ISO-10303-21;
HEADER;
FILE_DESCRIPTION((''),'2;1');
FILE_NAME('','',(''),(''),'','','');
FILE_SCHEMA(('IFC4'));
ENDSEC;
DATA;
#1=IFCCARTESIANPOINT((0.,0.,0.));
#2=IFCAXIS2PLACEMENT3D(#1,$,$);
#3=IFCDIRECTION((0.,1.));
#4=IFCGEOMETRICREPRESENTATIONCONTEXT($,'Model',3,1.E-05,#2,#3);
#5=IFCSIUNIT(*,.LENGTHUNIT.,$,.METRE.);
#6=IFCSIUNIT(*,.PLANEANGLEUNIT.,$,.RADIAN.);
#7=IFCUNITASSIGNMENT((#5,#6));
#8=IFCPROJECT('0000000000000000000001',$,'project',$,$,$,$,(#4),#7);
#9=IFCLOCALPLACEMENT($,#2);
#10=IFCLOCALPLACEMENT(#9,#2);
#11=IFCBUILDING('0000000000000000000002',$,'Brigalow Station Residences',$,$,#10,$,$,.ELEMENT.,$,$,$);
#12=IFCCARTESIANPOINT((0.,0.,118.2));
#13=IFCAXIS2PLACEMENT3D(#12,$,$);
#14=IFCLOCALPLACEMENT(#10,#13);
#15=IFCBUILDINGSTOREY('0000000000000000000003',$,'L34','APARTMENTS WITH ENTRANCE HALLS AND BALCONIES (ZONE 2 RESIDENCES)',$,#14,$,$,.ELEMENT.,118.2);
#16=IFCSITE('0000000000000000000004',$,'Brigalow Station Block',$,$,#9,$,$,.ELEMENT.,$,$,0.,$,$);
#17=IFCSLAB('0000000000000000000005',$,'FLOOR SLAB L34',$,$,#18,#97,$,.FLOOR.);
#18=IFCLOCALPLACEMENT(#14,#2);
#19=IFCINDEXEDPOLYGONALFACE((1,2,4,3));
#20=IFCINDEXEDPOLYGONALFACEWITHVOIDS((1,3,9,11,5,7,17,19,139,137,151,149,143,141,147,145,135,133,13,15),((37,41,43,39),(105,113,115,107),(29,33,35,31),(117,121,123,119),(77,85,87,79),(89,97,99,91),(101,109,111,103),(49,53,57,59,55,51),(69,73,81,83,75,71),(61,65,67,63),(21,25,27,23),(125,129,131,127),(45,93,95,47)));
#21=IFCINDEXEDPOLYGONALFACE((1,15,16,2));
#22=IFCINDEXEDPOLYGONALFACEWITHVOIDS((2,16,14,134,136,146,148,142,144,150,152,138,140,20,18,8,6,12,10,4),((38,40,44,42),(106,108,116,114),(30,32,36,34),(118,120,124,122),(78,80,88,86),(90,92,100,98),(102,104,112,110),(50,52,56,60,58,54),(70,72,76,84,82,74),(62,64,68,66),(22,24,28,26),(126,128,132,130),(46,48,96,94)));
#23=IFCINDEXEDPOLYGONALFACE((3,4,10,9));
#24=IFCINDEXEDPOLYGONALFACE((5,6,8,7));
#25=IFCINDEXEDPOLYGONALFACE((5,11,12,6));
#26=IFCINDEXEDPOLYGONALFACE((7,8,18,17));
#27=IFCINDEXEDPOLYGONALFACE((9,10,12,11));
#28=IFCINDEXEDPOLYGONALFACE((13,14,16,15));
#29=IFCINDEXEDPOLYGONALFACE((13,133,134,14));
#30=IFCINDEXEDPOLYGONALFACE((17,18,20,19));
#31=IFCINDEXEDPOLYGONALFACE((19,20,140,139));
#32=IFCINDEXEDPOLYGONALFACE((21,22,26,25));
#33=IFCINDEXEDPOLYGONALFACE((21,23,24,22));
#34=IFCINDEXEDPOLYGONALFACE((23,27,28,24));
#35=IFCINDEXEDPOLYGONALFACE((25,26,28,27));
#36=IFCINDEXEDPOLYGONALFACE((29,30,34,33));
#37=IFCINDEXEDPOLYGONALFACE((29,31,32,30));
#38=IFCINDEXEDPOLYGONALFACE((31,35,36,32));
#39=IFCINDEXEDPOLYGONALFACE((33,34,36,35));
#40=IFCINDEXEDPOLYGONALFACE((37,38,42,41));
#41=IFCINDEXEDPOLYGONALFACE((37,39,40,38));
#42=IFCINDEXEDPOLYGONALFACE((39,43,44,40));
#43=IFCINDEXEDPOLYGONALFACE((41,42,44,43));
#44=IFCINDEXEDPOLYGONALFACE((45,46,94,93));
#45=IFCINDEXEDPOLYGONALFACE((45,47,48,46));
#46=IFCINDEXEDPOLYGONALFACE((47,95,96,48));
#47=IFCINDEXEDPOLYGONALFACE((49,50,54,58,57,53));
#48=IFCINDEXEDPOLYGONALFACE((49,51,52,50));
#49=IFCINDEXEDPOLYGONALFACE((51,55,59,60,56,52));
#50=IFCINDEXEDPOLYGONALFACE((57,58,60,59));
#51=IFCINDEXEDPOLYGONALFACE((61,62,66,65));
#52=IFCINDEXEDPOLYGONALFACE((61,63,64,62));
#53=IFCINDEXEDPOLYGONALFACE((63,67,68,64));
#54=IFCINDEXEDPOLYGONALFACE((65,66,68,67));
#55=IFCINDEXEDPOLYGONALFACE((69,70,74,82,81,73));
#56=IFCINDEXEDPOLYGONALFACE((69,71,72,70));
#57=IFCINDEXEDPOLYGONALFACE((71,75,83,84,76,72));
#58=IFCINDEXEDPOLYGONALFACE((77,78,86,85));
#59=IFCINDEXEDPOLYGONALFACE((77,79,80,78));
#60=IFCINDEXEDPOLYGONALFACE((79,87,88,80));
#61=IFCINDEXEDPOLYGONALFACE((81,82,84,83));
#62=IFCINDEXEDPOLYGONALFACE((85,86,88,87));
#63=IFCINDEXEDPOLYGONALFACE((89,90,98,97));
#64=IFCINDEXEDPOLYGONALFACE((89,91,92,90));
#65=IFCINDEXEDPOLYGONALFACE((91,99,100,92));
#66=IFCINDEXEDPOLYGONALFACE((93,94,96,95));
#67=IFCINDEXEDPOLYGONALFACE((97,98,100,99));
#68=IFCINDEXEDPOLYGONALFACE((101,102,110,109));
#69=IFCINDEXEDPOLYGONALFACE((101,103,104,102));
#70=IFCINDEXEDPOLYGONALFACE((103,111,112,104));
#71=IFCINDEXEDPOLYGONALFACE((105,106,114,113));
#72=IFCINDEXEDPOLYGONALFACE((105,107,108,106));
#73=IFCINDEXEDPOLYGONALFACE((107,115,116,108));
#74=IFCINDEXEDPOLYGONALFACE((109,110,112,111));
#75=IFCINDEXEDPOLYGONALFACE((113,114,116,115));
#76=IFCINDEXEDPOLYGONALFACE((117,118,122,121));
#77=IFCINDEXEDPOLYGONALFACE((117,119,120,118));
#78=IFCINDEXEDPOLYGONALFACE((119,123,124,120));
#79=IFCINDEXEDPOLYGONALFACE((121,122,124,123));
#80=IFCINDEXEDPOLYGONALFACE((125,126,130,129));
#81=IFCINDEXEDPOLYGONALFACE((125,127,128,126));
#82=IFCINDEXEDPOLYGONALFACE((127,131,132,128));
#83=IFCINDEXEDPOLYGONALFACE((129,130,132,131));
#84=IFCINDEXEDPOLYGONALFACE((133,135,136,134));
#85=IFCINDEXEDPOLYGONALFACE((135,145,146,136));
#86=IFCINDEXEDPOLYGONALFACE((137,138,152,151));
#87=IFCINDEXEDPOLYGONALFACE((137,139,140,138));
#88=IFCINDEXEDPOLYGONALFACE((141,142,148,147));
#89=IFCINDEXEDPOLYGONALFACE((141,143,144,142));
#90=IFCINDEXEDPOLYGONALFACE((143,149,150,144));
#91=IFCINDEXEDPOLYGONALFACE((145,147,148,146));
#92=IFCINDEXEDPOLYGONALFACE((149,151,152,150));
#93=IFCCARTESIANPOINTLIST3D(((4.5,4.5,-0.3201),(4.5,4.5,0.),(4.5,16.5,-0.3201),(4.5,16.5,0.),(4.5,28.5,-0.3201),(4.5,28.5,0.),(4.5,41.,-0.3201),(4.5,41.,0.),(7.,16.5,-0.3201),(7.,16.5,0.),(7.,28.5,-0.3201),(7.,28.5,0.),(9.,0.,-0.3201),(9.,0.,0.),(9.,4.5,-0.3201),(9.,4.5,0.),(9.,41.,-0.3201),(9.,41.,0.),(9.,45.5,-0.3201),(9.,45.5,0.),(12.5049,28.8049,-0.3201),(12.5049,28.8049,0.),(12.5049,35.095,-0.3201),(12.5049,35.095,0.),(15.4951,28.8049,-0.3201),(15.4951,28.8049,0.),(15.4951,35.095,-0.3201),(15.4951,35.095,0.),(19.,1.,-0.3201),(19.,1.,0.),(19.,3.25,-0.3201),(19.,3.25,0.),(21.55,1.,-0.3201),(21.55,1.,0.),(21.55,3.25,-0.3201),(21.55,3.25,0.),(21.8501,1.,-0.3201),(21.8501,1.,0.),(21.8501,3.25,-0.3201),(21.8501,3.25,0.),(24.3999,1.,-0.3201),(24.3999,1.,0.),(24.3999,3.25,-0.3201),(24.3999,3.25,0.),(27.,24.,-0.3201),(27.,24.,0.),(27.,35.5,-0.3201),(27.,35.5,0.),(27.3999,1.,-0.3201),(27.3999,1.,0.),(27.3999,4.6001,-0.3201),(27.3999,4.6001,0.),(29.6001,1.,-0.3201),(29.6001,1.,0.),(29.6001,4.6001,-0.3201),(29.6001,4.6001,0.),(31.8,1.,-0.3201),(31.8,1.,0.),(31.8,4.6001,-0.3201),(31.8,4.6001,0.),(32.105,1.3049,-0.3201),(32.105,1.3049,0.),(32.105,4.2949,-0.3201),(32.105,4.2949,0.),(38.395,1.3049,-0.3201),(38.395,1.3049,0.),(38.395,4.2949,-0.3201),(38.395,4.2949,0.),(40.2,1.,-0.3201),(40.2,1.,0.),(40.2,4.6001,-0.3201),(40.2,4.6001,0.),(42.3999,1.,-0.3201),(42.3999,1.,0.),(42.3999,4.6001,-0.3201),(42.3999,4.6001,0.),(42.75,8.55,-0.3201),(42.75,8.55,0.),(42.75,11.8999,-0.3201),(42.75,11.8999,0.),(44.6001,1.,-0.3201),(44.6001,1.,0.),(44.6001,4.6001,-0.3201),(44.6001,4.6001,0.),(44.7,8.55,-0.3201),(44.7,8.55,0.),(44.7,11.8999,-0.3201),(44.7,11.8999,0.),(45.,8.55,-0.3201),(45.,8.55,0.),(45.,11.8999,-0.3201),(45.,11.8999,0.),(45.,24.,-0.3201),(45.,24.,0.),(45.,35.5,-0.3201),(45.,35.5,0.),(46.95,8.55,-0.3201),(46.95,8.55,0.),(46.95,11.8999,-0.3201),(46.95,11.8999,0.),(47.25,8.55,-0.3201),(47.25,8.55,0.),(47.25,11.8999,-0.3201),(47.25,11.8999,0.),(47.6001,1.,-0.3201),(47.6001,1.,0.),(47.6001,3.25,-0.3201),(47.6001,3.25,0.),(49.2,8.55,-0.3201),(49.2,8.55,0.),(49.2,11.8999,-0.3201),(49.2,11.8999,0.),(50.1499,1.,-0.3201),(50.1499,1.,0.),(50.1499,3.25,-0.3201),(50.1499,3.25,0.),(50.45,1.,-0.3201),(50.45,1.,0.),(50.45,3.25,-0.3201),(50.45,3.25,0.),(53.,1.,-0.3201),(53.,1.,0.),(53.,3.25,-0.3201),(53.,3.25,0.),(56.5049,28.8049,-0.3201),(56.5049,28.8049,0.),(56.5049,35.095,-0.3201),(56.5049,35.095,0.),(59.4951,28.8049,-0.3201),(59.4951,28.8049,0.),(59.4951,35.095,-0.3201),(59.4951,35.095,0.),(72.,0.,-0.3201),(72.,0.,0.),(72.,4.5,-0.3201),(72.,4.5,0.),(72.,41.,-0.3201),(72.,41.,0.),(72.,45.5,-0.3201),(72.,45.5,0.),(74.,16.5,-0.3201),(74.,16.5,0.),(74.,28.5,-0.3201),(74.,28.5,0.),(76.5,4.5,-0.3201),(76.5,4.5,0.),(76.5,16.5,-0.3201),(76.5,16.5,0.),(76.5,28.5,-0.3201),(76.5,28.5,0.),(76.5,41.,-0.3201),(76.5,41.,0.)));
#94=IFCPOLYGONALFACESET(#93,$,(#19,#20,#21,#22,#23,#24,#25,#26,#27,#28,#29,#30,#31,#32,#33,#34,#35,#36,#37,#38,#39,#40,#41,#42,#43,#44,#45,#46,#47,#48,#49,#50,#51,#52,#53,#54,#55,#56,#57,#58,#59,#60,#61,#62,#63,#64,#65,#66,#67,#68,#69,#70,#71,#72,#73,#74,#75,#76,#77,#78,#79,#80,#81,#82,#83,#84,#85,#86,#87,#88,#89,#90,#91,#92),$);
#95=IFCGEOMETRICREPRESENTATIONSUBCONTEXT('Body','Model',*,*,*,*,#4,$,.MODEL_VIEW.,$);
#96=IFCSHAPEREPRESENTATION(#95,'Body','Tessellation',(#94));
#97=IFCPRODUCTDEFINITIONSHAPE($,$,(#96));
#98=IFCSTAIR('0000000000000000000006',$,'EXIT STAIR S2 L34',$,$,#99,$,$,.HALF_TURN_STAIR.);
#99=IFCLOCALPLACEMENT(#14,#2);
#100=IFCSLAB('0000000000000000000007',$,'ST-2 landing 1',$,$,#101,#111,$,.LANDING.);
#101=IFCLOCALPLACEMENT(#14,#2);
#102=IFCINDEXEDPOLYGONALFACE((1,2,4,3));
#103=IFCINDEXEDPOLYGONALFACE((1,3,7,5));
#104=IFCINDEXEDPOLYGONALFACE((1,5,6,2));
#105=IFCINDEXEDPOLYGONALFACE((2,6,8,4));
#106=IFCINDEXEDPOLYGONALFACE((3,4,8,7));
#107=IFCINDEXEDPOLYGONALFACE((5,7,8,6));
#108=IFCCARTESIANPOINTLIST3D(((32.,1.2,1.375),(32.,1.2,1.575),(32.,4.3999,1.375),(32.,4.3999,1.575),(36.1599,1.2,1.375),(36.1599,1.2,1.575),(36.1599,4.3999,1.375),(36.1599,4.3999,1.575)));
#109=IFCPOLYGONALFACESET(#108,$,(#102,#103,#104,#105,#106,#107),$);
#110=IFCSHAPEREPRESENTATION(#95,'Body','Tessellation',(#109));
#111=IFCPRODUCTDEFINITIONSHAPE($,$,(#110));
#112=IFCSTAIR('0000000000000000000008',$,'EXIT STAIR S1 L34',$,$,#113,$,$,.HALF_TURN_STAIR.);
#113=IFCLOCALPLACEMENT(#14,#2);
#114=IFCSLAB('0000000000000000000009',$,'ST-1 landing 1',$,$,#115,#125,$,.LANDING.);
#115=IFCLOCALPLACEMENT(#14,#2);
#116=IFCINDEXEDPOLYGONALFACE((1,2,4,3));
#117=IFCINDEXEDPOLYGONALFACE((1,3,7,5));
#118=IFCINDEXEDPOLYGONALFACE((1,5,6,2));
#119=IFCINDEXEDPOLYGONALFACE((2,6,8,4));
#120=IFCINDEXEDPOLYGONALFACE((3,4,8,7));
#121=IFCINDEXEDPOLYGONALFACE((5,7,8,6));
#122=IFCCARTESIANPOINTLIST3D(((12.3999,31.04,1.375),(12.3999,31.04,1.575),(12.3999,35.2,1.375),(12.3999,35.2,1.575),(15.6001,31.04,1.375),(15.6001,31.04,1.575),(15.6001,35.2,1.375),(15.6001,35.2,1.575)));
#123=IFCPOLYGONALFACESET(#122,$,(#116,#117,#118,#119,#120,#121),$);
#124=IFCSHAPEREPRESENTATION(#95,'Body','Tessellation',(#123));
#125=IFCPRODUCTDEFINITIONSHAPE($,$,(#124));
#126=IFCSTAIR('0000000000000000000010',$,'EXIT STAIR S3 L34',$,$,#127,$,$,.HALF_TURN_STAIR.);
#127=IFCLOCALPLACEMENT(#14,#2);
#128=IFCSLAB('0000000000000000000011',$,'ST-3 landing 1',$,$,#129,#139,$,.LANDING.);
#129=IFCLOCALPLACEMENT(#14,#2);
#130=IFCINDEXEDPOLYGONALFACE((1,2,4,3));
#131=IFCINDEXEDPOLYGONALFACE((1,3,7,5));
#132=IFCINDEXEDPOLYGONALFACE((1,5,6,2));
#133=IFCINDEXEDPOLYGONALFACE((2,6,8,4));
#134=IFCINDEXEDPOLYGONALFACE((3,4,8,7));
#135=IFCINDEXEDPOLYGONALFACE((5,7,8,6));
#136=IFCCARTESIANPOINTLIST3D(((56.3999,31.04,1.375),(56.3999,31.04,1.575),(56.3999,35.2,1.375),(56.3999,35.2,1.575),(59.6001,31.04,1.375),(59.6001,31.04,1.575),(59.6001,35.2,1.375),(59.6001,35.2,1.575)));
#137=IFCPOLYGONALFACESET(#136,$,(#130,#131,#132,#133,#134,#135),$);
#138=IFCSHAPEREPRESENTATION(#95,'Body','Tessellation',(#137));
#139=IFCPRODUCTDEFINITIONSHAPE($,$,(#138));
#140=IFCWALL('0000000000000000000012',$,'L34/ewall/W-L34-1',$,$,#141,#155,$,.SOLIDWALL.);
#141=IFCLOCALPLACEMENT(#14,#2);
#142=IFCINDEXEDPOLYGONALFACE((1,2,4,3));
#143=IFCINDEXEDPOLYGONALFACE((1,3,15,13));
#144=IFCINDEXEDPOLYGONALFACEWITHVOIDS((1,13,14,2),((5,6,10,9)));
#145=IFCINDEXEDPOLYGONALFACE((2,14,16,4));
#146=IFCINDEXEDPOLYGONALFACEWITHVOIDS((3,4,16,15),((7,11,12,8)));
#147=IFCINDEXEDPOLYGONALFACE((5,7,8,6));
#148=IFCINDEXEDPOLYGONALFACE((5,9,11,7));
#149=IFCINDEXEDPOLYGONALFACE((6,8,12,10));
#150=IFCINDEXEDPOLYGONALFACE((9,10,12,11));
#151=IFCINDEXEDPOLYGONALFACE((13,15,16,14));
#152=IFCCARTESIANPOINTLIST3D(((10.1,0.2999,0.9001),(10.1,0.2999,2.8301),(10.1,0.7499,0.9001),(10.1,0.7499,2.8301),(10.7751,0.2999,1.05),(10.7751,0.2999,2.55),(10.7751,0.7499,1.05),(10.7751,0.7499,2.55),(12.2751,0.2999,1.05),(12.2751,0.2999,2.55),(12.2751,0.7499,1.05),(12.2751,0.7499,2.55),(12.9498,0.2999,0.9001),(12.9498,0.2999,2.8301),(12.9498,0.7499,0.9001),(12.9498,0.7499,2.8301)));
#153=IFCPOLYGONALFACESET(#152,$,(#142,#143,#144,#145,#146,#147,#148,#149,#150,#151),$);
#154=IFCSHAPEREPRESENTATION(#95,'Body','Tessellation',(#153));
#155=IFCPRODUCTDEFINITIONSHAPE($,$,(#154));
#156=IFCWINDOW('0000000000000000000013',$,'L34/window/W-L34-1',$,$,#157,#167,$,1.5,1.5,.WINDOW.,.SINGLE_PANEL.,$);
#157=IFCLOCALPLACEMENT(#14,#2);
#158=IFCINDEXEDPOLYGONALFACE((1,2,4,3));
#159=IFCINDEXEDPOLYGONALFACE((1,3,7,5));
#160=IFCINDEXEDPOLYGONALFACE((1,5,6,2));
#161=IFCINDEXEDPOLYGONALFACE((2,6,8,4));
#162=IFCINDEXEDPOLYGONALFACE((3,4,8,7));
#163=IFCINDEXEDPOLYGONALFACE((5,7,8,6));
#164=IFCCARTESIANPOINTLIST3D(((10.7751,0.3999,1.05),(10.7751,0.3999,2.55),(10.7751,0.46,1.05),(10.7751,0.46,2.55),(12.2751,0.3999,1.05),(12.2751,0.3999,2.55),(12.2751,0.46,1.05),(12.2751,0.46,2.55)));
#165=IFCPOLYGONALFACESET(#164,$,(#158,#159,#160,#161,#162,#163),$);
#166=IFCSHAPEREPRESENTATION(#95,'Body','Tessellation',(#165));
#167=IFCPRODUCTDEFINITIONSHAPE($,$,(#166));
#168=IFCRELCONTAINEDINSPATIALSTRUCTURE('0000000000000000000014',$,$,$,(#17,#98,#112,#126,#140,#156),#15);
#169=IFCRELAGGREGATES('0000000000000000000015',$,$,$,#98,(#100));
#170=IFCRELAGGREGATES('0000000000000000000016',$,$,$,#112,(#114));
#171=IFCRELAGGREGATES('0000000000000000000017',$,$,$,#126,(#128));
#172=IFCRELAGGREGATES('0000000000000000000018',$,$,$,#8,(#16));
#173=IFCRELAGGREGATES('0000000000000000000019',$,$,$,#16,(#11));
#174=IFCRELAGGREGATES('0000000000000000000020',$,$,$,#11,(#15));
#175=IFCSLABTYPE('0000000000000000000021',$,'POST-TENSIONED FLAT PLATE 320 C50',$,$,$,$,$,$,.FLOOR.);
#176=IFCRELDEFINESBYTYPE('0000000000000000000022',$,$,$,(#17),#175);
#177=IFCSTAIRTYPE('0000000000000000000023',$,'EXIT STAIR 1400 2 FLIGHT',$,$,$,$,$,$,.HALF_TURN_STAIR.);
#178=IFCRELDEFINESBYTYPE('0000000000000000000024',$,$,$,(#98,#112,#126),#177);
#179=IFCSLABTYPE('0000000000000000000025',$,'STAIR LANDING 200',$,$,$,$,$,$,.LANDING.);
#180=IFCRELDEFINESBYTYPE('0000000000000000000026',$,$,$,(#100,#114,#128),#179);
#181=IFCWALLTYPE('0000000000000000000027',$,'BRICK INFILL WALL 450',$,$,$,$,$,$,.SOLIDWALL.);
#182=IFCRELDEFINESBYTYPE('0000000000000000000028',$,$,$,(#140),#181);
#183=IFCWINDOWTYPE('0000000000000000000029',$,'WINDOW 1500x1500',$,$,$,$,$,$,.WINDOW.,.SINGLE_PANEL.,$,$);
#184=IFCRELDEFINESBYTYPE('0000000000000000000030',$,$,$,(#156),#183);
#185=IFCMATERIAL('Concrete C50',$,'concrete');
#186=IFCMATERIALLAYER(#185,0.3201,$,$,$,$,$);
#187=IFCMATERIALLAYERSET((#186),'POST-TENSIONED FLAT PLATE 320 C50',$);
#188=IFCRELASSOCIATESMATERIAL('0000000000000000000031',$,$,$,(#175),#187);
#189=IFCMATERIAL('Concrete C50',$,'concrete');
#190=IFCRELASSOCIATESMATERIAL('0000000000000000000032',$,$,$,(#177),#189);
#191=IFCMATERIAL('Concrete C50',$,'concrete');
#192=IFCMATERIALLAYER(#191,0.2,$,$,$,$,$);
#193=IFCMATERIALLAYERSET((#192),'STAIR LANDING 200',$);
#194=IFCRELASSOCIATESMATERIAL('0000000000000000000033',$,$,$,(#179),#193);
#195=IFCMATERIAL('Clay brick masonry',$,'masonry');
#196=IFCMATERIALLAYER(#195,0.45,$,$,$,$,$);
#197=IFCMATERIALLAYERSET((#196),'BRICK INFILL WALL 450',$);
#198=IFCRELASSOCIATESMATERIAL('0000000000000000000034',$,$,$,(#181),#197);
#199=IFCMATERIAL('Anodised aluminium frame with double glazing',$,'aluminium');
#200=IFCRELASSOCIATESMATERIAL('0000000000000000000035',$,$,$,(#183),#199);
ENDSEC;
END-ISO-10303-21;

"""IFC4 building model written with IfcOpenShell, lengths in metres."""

from ifc_helpers import new_model, si_unit, direction, frame, frame_2d, origin, place, context, subcontext, project, spatial, polyline, rectangle, outline, extrude, material, layer, layer_set, type_object, element, fill, aggregate, save


model = new_model("IFC4")

# Units and contexts
model_context = context("Model", 3, precision=1e-05, world=origin(), true_north=direction((0.0, 1.0)))
body_context = subcontext(model_context, "Body", "Model", "MODEL_VIEW")
ifc_project = project(units=[si_unit("LENGTHUNIT", "METRE"), si_unit("PLANEANGLEUNIT", "RADIAN")], contexts=[model_context])

# Site, building, storey
site_placement = place(None, origin())
site = spatial("IfcSite", under=ifc_project, at=site_placement, Name="Brigalow Station Block", CompositionType="ELEMENT", RefElevation=0.0)
building_placement = place(site_placement, origin())
building = spatial("IfcBuilding", under=site, at=building_placement, Name="Brigalow Station Residences", CompositionType="ELEMENT")
storey_placement = place(building_placement, frame((0.0, 0.0, 118.2)))
storey = spatial("IfcBuildingStorey", under=building, at=storey_placement, Name="L34", Description="APARTMENTS WITH ENTRANCE HALLS AND BALCONIES (ZONE 2 RESIDENCES)", CompositionType="ELEMENT", Elevation=118.2)

# Slab
ifc_material_1 = material(Name="Concrete C50", Category="concrete")
ifc_layer_1 = layer(ifc_material_1, 0.3201)
ifc_layer_set_1 = layer_set([ifc_layer_1], Name="POST-TENSIONED FLAT PLATE 320 C50")
slab_type_1 = type_object("IfcSlabType", Name="POST-TENSIONED FLAT PLATE 320 C50", PredefinedType="FLOOR", material=ifc_layer_set_1)
slab_1_placement = place(storey_placement, frame((0.0, 0.0, -0.3201)))
element("IfcSlab", 1, at=slab_1_placement, inside=storey, type_object=slab_type_1, Name="FLOOR SLAB L34", PredefinedType="FLOOR", context=body_context, shape_type="SweptSolid", body=[
    extrude(outline(polyline([(9.0, 0.0), (72.0, 0.0), (72.0, 4.5), (76.5, 4.5), (76.5, 16.5), (74.0, 16.5), (74.0, 28.5), (76.5, 28.5), (76.5, 41.0), (72.0, 41.0), (72.0, 45.5), (9.0, 45.5), (9.0, 41.0), (4.5, 41.0), (4.5, 28.5), (7.0, 28.5), (7.0, 16.5), (4.5, 16.5), (4.5, 4.5), (9.0, 4.5), (9.0, 0.0)]), holes=[polyline([(12.5049, 35.095), (15.4951, 35.095), (15.4951, 28.8049), (12.5049, 28.8049), (12.5049, 35.095)]), polyline([(19.0, 1.0), (19.0, 3.25), (21.55, 3.25), (21.55, 1.0), (19.0, 1.0)]), polyline([(21.8501, 3.25), (24.3999, 3.25), (24.3999, 1.0), (21.8501, 1.0), (21.8501, 3.25)]), polyline([(27.0, 35.5), (45.0, 35.5), (45.0, 24.0), (27.0, 24.0), (27.0, 35.5)]), polyline([(29.6001, 4.6001), (31.8, 4.6001), (31.8, 1.0), (29.6001, 1.0), (27.3999, 1.0), (27.3999, 4.6001), (29.6001, 4.6001)]), polyline([(32.105, 4.2949), (38.395, 4.2949), (38.395, 1.3049), (32.105, 1.3049), (32.105, 4.2949)]), polyline([(40.2, 4.6001), (42.3999, 4.6001), (44.6001, 4.6001), (44.6001, 1.0), (42.3999, 1.0), (40.2, 1.0), (40.2, 4.6001)]), polyline([(42.75, 11.8999), (44.7, 11.8999), (44.7, 8.55), (42.75, 8.55), (42.75, 11.8999)]), polyline([(45.0, 11.8999), (46.95, 11.8999), (46.95, 8.55), (45.0, 8.55), (45.0, 11.8999)]), polyline([(47.25, 11.8999), (49.2, 11.8999), (49.2, 8.55), (47.25, 8.55), (47.25, 11.8999)]), polyline([(47.6001, 3.25), (50.1499, 3.25), (50.1499, 1.0), (47.6001, 1.0), (47.6001, 3.25)]), polyline([(50.45, 3.25), (53.0, 3.25), (53.0, 1.0), (50.45, 1.0), (50.45, 3.25)]), polyline([(56.5049, 35.095), (59.4951, 35.095), (59.4951, 28.8049), (56.5049, 28.8049), (56.5049, 35.095)])]), origin(), (0.0, 0.0, 1.0), 0.3201),
])

# Stairs, slabs
ifc_material_2 = material(Name="Concrete C50", Category="concrete")
stair_type = type_object("IfcStairType", Name="EXIT STAIR 1400 2 FLIGHT", PredefinedType="HALF_TURN_STAIR", material=ifc_material_2)
stair_1_placement = place(storey_placement, origin())
stair_1 = element("IfcStair", 2, at=stair_1_placement, inside=storey, type_object=stair_type, Name="EXIT STAIR S2 L34", PredefinedType="HALF_TURN_STAIR")
ifc_material_3 = material(Name="Concrete C50", Category="concrete")
ifc_layer_2 = layer(ifc_material_3, 0.2)
ifc_layer_set_2 = layer_set([ifc_layer_2], Name="STAIR LANDING 200")
slab_type_2 = type_object("IfcSlabType", Name="STAIR LANDING 200", PredefinedType="LANDING", material=ifc_layer_set_2)
slab_2_placement = place(storey_placement, frame((0.0, 0.0, 1.375)))
slab_2 = element("IfcSlab", 3, at=slab_2_placement, type_object=slab_type_2, Name="ST-2 landing 1", PredefinedType="LANDING", context=body_context, shape_type="SweptSolid", body=[
    extrude(outline(polyline([(32.0, 1.2), (36.1599, 1.2), (36.1599, 4.3999), (32.0, 4.3999), (32.0, 1.2)])), origin(), (0.0, 0.0, 1.0), 0.2),
])
aggregate(stair_1, [slab_2])
stair_2_placement = place(storey_placement, origin())
stair_2 = element("IfcStair", 4, at=stair_2_placement, inside=storey, type_object=stair_type, Name="EXIT STAIR S1 L34", PredefinedType="HALF_TURN_STAIR")
slab_3_placement = place(storey_placement, frame((0.0, 0.0, 1.375)))
slab_3 = element("IfcSlab", 5, at=slab_3_placement, type_object=slab_type_2, Name="ST-1 landing 1", PredefinedType="LANDING", context=body_context, shape_type="SweptSolid", body=[
    extrude(outline(polyline([(12.3999, 31.04), (15.6001, 31.04), (15.6001, 35.2), (12.3999, 35.2), (12.3999, 31.04)])), origin(), (0.0, 0.0, 1.0), 0.2),
])
aggregate(stair_2, [slab_3])
stair_3_placement = place(storey_placement, origin())
stair_3 = element("IfcStair", 6, at=stair_3_placement, inside=storey, type_object=stair_type, Name="EXIT STAIR S3 L34", PredefinedType="HALF_TURN_STAIR")
slab_4_placement = place(storey_placement, frame((0.0, 0.0, 1.375)))
slab_4 = element("IfcSlab", 7, at=slab_4_placement, type_object=slab_type_2, Name="ST-3 landing 1", PredefinedType="LANDING", context=body_context, shape_type="SweptSolid", body=[
    extrude(outline(polyline([(56.3999, 31.04), (59.6001, 31.04), (59.6001, 35.2), (56.3999, 35.2), (56.3999, 31.04)])), origin(), (0.0, 0.0, 1.0), 0.2),
])
aggregate(stair_3, [slab_4])

# Wall, opening, window
ifc_material_4 = material(Name="Clay brick masonry", Category="masonry")
ifc_layer_3 = layer(ifc_material_4, 0.45)
ifc_layer_set_3 = layer_set([ifc_layer_3], Name="BRICK INFILL WALL 450")
wall_type_1 = type_object("IfcWallType", Name="BRICK INFILL WALL 450", PredefinedType="SOLIDWALL", material=ifc_layer_set_3)
wall_1_placement = place(storey_placement, frame((10.1001, 0.5249, 0.9001), z_axis=(0.0, 0.0, 1.0), x_axis=(1.0, 0.0, 0.0)))
wall_1 = element("IfcWall", 8, at=wall_1_placement, inside=storey, type_object=wall_type_1, Name="L34/ewall/W-L34-1", PredefinedType="SOLIDWALL", context=body_context, shape_type="SweptSolid", body=[
    extrude(rectangle(XDim=2.8499, YDim=0.45, at=frame_2d((1.4248, 0.0))), origin(), (0.0, 0.0, 1.0), 1.9299),
])
opening_1_placement = place(wall_1_placement, frame((0.675, 0.0, 0.1499)))
opening_1 = element("IfcOpeningElement", 9, at=opening_1_placement, cuts=wall_1, PredefinedType="OPENING", context=body_context, shape_type="SweptSolid", body=[
    extrude(rectangle(XDim=1.5, YDim=1.5, at=frame_2d((0.75, 0.75))), frame((0.0, 0.2349, 0.0), z_axis=(0.0, -1.0, 0.0), x_axis=(1.0, 0.0, 0.0)), (0.0, 0.0, 1.0), 0.47),
])
ifc_material_5 = material(Name="Anodised aluminium frame with double glazing", Category="aluminium")
window_type_1 = type_object("IfcWindowType", Name="WINDOW 1500x1500", PartitioningType="SINGLE_PANEL", PredefinedType="WINDOW", material=ifc_material_5)
window_1_placement = place(opening_1_placement, origin())
window_1 = element("IfcWindow", 10, at=window_1_placement, inside=storey, type_object=window_type_1, Name="L34/window/W-L34-1", OverallHeight=1.5, OverallWidth=1.5, PartitioningType="SINGLE_PANEL", PredefinedType="WINDOW", context=body_context, shape_type="SweptSolid", body=[
    extrude(rectangle(XDim=1.5, YDim=1.5, at=frame_2d((0.75, 0.75))), frame((0.0, -0.0649, 0.0), z_axis=(0.0, -1.0, 0.0), x_axis=(1.0, 0.0, 0.0)), (0.0, 0.0, 1.0), 0.0601),
])
fill(opening_1, window_1)

save(model, "model.ifc")
